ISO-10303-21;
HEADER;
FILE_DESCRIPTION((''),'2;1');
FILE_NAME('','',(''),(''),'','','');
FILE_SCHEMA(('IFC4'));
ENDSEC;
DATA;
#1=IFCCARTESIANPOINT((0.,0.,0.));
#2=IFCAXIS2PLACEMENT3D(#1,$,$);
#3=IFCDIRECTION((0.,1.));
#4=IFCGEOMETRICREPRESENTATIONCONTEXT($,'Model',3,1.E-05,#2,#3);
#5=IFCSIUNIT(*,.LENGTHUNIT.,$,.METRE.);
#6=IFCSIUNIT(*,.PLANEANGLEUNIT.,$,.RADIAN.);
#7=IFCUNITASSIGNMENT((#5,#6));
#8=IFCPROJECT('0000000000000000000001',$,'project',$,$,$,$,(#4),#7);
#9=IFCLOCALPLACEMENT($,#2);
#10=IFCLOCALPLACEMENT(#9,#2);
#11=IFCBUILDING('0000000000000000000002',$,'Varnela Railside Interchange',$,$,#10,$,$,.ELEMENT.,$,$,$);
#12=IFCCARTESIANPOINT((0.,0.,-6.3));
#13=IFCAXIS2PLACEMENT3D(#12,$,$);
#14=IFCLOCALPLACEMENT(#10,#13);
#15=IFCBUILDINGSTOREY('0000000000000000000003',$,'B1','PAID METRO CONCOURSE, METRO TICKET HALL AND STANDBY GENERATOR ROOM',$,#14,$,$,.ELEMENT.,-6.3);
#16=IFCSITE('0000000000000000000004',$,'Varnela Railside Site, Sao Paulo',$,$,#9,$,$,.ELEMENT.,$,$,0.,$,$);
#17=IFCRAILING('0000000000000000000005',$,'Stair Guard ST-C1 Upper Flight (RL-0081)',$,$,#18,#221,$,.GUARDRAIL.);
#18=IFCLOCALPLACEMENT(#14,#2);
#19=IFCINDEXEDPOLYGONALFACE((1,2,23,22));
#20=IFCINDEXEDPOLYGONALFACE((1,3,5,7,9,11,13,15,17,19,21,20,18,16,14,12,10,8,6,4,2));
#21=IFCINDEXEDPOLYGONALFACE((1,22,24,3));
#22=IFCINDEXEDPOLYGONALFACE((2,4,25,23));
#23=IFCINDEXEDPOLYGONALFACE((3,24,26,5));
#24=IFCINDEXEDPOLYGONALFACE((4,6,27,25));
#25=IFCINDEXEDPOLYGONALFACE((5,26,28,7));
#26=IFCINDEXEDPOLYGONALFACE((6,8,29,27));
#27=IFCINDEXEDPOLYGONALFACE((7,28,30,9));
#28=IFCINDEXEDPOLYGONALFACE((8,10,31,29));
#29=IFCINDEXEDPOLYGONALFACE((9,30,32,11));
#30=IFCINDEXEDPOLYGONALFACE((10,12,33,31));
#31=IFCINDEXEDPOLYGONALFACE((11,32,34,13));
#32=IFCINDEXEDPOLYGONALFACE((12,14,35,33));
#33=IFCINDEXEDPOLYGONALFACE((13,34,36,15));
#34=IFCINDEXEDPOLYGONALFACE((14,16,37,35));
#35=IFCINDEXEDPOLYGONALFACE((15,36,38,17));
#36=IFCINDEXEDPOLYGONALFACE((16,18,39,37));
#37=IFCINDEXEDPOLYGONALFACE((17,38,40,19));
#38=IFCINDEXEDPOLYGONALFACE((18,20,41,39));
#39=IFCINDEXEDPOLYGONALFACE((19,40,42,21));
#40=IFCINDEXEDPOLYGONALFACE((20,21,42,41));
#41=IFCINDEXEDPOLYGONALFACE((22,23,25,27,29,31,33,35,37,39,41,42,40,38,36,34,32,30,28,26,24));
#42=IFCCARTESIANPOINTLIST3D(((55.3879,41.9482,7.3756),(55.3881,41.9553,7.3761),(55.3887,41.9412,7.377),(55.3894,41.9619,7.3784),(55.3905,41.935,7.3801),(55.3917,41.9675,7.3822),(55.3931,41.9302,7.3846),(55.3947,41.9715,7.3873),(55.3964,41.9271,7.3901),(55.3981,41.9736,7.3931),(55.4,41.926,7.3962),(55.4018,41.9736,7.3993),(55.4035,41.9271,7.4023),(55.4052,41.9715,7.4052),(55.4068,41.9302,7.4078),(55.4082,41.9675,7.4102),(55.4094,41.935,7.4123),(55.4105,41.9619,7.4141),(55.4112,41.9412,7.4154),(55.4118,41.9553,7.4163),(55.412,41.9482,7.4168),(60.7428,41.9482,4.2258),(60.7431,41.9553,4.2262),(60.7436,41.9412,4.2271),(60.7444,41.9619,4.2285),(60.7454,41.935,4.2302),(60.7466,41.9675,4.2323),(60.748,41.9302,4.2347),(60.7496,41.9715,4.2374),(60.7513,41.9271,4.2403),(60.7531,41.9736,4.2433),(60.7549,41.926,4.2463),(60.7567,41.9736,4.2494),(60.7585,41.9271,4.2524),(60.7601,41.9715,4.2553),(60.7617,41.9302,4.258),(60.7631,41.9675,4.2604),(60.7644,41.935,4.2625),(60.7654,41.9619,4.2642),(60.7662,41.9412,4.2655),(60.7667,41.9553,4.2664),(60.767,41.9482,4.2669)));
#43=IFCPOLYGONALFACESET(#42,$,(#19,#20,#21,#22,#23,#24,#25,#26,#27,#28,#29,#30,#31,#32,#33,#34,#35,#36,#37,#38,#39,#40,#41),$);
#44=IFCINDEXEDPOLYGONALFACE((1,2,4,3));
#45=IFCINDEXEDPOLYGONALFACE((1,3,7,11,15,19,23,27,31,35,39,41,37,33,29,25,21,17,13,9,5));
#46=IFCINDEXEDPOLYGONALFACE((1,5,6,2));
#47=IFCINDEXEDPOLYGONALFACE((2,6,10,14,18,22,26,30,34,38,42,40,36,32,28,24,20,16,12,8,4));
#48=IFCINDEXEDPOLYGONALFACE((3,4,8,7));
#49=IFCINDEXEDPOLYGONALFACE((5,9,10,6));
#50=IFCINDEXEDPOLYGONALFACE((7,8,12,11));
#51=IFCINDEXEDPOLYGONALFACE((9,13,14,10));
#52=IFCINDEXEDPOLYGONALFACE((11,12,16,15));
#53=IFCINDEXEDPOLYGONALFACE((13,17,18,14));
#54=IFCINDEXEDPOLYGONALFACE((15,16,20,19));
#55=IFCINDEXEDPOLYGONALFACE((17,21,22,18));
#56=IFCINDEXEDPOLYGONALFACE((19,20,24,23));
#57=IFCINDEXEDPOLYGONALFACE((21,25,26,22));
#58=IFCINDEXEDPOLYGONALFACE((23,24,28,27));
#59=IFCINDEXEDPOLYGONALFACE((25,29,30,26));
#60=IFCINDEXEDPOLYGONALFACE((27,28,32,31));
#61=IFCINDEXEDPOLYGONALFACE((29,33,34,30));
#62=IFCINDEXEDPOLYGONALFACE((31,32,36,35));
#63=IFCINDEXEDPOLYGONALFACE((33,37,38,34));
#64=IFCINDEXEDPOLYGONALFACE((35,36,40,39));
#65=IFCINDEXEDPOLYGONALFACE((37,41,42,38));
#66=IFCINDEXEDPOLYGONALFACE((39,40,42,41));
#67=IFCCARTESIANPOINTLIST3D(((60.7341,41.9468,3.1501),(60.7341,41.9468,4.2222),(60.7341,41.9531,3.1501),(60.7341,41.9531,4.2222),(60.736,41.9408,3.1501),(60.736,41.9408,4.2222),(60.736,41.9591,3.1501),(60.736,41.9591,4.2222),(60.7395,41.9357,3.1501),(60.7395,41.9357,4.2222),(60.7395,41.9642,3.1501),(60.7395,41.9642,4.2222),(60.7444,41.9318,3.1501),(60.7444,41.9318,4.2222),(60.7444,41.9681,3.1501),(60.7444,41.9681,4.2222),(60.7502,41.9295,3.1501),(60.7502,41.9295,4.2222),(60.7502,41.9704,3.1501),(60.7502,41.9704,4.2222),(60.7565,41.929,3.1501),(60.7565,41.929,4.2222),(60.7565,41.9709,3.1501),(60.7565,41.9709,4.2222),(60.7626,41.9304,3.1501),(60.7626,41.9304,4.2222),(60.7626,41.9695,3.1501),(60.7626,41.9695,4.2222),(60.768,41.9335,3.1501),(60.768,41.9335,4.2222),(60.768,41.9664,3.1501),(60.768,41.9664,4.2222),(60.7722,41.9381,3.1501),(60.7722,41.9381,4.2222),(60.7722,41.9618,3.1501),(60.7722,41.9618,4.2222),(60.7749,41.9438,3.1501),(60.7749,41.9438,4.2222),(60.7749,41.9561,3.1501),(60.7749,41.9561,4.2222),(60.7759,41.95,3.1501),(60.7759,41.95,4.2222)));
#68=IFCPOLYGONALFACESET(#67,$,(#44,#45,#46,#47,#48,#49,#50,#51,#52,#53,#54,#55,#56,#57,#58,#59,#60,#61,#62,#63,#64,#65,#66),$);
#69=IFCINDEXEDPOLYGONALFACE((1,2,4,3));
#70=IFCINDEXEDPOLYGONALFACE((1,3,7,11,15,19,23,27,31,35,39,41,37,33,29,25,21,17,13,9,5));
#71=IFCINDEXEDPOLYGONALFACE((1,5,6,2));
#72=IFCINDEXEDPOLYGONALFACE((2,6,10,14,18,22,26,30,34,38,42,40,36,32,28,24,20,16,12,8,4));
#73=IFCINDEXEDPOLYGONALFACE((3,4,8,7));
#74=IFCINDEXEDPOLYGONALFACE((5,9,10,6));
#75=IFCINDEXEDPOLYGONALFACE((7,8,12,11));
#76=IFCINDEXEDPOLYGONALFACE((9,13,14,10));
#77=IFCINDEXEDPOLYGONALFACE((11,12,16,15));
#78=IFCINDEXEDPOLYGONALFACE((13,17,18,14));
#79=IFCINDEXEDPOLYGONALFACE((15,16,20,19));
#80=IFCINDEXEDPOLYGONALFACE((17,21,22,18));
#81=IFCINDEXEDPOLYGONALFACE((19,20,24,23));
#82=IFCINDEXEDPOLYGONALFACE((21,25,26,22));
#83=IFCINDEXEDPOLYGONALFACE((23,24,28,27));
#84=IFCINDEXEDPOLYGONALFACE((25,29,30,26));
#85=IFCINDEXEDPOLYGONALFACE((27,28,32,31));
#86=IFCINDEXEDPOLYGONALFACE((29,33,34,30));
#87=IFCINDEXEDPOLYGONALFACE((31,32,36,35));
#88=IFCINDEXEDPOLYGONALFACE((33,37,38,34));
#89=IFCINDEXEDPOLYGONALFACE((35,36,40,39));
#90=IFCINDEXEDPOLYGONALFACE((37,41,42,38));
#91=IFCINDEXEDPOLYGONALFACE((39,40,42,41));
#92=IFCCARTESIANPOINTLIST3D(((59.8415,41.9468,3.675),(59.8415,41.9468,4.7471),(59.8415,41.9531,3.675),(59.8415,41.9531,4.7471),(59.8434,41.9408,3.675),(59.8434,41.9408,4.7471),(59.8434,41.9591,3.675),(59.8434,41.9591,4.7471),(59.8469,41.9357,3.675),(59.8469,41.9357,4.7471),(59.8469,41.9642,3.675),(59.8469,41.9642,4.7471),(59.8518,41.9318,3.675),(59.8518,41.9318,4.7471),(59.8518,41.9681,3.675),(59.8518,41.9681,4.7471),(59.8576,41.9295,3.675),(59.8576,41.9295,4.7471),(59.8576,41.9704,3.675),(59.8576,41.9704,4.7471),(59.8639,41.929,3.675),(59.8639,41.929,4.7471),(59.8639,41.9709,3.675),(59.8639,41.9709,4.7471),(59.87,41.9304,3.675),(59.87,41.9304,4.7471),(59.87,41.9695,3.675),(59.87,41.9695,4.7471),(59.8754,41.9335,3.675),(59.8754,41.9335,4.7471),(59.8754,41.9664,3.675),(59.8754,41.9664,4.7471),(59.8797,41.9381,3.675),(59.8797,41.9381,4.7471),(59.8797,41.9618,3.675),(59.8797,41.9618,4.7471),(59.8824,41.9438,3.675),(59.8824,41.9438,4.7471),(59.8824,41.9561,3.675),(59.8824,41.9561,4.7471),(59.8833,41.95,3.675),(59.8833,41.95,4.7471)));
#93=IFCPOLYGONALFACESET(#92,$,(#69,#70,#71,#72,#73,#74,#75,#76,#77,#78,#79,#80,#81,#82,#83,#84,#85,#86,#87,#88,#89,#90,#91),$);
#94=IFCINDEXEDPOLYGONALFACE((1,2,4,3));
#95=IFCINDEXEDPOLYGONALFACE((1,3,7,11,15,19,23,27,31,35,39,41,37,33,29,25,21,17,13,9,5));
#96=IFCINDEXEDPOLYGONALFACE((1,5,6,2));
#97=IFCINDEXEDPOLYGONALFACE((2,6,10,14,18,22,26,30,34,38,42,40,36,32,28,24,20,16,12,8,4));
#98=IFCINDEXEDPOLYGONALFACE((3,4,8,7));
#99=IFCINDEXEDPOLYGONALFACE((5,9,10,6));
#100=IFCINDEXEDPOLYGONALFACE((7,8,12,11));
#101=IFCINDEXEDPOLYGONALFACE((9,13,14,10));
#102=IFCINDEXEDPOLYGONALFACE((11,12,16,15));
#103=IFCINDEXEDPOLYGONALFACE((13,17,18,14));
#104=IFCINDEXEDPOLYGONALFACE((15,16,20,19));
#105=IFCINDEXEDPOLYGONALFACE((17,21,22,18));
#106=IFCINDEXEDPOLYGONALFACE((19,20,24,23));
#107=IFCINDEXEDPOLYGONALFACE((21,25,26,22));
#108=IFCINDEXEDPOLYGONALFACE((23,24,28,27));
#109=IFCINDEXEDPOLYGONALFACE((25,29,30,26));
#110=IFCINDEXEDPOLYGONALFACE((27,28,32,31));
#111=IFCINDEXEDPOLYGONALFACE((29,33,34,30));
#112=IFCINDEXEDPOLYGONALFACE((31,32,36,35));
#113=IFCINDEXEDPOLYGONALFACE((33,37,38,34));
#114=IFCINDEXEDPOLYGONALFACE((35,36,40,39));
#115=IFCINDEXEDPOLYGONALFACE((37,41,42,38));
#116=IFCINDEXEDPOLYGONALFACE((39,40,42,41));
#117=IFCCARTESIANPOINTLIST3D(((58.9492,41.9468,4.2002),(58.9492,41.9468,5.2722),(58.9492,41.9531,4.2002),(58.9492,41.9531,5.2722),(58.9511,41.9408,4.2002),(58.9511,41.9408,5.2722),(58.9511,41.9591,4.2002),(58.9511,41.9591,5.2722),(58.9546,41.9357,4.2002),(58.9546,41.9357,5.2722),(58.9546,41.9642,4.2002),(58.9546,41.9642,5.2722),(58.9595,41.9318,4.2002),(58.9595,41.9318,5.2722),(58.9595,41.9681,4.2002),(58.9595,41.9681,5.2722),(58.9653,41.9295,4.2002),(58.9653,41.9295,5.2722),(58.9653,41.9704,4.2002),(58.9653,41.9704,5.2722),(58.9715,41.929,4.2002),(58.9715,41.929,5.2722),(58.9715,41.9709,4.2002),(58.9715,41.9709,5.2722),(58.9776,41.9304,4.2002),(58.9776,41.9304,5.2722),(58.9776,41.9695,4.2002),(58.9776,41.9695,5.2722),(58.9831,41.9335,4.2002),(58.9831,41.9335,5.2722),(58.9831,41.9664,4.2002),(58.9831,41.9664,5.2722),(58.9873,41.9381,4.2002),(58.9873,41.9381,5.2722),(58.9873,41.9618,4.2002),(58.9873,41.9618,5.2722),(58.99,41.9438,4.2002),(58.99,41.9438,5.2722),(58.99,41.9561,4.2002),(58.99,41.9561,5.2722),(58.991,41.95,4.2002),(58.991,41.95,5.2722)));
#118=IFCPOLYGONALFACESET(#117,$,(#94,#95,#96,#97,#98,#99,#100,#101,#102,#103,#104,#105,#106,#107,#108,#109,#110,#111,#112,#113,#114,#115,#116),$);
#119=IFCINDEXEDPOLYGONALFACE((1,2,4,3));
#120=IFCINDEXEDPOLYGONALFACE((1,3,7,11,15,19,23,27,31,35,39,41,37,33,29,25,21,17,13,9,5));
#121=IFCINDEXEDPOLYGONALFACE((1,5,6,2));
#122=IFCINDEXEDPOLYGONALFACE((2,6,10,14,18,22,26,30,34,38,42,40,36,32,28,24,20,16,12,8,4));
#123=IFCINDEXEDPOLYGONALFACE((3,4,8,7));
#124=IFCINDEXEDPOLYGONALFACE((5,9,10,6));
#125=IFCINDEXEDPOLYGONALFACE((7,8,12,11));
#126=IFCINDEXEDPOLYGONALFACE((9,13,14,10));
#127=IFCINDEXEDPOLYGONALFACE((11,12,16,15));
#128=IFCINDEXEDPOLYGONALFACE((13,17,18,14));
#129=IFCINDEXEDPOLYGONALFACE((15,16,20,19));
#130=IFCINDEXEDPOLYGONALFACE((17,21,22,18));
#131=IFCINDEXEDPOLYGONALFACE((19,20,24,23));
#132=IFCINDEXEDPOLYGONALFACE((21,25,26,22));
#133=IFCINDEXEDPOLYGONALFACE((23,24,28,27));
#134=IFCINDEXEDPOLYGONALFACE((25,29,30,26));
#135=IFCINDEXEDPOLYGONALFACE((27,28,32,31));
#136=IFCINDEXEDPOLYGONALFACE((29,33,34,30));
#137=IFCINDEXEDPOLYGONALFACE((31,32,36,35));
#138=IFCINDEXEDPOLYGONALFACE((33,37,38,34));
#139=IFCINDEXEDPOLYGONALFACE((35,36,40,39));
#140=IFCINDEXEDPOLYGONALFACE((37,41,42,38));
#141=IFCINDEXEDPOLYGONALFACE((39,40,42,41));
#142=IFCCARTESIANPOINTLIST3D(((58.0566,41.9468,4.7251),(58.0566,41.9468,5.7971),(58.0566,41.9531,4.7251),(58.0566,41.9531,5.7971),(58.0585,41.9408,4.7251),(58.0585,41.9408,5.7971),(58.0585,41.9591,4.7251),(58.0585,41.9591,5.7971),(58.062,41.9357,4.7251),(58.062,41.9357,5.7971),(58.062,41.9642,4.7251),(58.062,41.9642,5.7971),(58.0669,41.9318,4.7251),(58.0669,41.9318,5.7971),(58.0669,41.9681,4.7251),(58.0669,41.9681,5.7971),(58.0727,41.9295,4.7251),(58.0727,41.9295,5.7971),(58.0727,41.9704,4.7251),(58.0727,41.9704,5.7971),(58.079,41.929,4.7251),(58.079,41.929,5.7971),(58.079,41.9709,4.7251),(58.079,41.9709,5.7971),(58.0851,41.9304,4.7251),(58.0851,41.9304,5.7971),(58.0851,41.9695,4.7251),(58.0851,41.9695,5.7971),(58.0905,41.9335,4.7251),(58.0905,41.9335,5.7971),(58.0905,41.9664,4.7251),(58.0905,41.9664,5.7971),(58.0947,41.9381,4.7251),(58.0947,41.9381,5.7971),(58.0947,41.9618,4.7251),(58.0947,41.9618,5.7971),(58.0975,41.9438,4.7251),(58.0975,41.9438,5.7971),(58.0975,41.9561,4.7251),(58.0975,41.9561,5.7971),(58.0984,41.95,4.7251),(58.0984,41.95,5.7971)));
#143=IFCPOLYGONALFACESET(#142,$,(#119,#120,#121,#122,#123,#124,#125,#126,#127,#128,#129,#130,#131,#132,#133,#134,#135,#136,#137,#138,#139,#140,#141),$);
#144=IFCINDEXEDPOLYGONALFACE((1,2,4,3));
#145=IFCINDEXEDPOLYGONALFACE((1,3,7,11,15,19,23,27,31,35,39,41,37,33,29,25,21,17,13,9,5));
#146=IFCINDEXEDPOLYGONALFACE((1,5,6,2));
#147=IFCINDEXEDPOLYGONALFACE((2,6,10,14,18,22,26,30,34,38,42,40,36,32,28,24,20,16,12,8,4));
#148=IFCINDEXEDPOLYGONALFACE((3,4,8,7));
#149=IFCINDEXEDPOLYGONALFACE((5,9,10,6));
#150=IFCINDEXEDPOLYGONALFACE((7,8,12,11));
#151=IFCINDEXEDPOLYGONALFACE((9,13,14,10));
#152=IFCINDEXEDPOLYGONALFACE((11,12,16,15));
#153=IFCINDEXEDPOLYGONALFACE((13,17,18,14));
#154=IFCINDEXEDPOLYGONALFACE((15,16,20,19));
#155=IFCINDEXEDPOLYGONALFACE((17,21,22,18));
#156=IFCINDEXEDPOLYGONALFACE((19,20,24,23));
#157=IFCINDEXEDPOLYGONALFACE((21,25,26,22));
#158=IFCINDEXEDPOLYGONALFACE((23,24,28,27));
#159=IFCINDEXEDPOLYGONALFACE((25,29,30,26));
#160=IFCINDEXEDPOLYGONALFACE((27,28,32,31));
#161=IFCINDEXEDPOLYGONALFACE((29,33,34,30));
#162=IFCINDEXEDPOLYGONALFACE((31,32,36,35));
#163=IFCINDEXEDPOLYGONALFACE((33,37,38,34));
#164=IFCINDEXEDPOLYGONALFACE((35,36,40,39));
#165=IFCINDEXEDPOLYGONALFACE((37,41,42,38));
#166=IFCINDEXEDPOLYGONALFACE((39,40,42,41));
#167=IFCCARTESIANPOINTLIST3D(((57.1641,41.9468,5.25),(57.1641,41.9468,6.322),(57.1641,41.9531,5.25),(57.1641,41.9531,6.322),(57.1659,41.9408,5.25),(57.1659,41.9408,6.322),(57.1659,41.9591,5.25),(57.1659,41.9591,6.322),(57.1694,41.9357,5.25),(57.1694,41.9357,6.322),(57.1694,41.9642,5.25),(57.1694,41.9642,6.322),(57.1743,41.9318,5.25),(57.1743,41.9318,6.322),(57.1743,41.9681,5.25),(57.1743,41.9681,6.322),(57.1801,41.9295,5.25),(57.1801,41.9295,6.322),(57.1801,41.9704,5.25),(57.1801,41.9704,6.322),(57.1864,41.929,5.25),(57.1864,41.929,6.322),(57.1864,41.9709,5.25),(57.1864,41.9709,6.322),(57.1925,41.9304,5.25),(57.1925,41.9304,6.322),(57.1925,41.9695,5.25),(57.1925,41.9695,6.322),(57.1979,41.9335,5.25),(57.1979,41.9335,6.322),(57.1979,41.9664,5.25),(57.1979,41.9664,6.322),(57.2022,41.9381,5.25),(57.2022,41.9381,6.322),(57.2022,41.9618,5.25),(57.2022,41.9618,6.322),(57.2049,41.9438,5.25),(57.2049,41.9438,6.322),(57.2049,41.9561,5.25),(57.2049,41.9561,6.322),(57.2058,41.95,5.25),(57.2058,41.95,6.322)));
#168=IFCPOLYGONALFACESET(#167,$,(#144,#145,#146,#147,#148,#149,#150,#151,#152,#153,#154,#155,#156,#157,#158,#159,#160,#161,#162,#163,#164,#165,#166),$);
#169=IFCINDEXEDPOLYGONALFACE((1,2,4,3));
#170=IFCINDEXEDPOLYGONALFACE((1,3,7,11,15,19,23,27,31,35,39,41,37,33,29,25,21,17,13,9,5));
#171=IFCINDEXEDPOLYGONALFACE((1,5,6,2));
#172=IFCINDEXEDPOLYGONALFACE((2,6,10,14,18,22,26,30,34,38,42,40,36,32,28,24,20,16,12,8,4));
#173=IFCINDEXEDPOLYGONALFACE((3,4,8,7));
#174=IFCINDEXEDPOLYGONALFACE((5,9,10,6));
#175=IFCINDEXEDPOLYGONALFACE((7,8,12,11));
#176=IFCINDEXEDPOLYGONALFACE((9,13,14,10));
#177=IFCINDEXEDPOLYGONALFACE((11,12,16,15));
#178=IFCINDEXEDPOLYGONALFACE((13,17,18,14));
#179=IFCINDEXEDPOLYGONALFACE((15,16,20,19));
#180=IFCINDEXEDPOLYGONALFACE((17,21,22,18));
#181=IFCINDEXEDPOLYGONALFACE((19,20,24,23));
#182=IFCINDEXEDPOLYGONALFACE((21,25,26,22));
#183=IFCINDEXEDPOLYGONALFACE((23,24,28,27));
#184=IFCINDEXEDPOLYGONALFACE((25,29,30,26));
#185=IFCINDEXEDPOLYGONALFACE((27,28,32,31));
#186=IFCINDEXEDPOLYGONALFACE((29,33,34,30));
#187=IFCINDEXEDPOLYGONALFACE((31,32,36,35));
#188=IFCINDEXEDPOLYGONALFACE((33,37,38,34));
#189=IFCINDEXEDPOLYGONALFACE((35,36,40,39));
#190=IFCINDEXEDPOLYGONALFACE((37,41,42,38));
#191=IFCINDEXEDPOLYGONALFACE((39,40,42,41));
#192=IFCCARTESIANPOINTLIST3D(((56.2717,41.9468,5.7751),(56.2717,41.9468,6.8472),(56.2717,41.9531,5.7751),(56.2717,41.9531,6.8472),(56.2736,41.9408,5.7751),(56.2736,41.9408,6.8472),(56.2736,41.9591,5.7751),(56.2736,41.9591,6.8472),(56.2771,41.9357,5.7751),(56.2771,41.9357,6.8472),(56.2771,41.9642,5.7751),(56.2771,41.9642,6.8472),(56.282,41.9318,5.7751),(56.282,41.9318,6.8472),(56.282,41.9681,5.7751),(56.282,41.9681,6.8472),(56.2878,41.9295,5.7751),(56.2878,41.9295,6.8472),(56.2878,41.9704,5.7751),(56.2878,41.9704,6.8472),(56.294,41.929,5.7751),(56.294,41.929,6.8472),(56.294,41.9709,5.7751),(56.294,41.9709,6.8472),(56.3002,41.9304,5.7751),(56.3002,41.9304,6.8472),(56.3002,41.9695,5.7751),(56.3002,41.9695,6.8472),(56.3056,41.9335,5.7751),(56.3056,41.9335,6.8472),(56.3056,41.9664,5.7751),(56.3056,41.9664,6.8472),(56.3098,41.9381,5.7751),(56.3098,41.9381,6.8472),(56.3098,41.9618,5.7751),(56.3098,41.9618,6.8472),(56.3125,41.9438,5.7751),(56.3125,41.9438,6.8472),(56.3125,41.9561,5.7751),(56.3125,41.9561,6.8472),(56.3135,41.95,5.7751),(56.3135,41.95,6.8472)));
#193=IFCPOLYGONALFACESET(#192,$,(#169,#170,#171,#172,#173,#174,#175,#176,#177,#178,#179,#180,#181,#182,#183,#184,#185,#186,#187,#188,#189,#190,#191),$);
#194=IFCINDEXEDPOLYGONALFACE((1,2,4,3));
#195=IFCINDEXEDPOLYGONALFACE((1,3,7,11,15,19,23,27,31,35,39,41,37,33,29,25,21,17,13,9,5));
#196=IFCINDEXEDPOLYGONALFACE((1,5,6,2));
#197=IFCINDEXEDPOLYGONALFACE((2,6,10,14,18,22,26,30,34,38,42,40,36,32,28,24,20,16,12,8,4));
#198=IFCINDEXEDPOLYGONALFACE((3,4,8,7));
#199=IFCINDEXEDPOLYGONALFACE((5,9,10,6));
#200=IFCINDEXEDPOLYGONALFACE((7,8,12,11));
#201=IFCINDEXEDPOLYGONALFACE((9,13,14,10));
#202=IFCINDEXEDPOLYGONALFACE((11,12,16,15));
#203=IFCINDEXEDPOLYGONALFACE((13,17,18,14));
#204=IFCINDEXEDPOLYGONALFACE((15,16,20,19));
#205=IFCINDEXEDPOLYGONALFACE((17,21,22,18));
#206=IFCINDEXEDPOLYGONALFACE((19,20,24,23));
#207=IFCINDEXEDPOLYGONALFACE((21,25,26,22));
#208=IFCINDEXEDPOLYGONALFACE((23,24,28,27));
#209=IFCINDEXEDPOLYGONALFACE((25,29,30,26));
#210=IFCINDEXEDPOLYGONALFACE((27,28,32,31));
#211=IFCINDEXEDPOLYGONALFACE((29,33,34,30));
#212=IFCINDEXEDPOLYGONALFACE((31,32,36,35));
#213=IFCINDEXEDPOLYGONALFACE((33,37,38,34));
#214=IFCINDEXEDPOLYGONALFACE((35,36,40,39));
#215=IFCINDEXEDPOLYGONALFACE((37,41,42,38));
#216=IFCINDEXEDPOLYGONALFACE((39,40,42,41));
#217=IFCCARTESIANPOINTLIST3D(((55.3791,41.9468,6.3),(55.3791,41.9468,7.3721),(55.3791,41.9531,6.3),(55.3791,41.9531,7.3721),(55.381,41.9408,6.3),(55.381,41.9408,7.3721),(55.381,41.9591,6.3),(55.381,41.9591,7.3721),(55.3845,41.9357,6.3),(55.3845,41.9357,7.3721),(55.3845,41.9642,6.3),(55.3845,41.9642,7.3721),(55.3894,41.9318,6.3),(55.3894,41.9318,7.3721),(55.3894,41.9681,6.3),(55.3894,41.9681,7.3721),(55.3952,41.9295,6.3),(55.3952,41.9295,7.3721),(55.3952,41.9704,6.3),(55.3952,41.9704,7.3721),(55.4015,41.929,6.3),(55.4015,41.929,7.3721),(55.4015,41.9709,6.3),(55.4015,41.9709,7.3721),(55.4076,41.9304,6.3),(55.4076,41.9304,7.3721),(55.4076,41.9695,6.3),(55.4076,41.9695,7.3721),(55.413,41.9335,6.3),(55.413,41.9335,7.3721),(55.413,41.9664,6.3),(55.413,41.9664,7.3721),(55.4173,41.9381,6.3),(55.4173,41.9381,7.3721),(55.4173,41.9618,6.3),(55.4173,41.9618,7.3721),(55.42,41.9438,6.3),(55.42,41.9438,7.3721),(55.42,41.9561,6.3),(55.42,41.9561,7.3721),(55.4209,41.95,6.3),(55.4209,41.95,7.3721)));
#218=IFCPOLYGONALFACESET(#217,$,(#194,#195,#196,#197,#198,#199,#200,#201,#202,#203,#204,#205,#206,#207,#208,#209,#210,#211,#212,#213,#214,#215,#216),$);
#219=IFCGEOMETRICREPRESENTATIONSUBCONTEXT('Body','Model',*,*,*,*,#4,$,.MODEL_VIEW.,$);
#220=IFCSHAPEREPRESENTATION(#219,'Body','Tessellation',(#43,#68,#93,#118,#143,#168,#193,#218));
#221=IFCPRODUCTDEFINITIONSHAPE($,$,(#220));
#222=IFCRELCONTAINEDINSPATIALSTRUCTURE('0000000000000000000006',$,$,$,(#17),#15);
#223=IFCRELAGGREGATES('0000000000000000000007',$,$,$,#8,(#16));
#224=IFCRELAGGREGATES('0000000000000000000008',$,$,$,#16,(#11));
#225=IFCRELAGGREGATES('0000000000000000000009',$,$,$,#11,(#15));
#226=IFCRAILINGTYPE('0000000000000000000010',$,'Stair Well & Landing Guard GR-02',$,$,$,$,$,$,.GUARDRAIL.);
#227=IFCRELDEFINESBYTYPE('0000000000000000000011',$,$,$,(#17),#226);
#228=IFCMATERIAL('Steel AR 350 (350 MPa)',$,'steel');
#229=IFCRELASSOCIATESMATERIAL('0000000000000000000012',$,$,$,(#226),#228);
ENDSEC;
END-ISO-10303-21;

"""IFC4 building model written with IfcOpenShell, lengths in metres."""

from ifc_helpers import new_model, si_unit, direction, frame, origin, origin_2d, place, context, subcontext, project, spatial, circle, extrude, material, type_object, element, save


model = new_model("IFC4")

# Units and contexts
model_context = context("Model", 3, precision=1e-05, world=origin(), true_north=direction((0.0, 1.0)))
body_context = subcontext(model_context, "Body", "Model", "MODEL_VIEW")
ifc_project = project(units=[si_unit("LENGTHUNIT", "METRE"), si_unit("PLANEANGLEUNIT", "RADIAN")], contexts=[model_context])

# Site, building, storey
site_placement = place(None, origin())
site = spatial("IfcSite", under=ifc_project, at=site_placement, Name="Varnela Railside Site, Sao Paulo", CompositionType="ELEMENT", RefElevation=0.0)
building_placement = place(site_placement, origin())
building = spatial("IfcBuilding", under=site, at=building_placement, Name="Varnela Railside Interchange", CompositionType="ELEMENT")
storey_placement = place(building_placement, frame((0.0, 0.0, -6.3)))
storey = spatial("IfcBuildingStorey", under=building, at=storey_placement, Name="B1", Description="PAID METRO CONCOURSE, METRO TICKET HALL AND STANDBY GENERATOR ROOM", CompositionType="ELEMENT", Elevation=-6.3)

# Shared definitions
ifc_material_1 = material(Name="Steel AR 350 (350 MPa)", Category="steel")

# Railing
railing_type_1 = type_object("IfcRailingType", Name="Stair Well & Landing Guard GR-02", PredefinedType="GUARDRAIL", material=ifc_material_1)
railing_1_placement = place(storey_placement, frame((60.7549, 41.95, 3.1501)))
element("IfcRailing", 1, at=railing_1_placement, inside=storey, type_object=railing_type_1, Name="Stair Guard ST-C1 Upper Flight (RL-0081)", PredefinedType="GUARDRAIL", context=body_context, shape_type="SweptSolid", body=[
    extrude(circle(Radius=0.0239, at=origin_2d()), frame((0.0, 0.0, 1.0962), z_axis=(-0.86194, 0.0, 0.50701), x_axis=(0.0, -1.0, 0.0)), (0.0, 0.0, 1.0), 6.2126),
    extrude(circle(Radius=0.021, at=origin_2d()), origin(), (0.0, 0.0, 1.0), 1.072),
    extrude(circle(Radius=0.021, at=origin_2d()), frame((-0.8926, 0.0, 0.5249)), (0.0, 0.0, 1.0), 1.072),
    extrude(circle(Radius=0.021, at=origin_2d()), frame((-1.7849, 0.0, 1.05)), (0.0, 0.0, 1.0), 1.072),
    extrude(circle(Radius=0.021, at=origin_2d()), frame((-2.6775, 0.0, 1.575)), (0.0, 0.0, 1.0), 1.072),
    extrude(circle(Radius=0.021, at=origin_2d()), frame((-3.5701, 0.0, 2.0999)), (0.0, 0.0, 1.0), 1.072),
    extrude(circle(Radius=0.021, at=origin_2d()), frame((-4.4624, 0.0, 2.625)), (0.0, 0.0, 1.0), 1.072),
    extrude(circle(Radius=0.021, at=origin_2d()), frame((-5.355, 0.0, 3.1499)), (0.0, 0.0, 1.0), 1.072),
])

save(model, "model.ifc")
